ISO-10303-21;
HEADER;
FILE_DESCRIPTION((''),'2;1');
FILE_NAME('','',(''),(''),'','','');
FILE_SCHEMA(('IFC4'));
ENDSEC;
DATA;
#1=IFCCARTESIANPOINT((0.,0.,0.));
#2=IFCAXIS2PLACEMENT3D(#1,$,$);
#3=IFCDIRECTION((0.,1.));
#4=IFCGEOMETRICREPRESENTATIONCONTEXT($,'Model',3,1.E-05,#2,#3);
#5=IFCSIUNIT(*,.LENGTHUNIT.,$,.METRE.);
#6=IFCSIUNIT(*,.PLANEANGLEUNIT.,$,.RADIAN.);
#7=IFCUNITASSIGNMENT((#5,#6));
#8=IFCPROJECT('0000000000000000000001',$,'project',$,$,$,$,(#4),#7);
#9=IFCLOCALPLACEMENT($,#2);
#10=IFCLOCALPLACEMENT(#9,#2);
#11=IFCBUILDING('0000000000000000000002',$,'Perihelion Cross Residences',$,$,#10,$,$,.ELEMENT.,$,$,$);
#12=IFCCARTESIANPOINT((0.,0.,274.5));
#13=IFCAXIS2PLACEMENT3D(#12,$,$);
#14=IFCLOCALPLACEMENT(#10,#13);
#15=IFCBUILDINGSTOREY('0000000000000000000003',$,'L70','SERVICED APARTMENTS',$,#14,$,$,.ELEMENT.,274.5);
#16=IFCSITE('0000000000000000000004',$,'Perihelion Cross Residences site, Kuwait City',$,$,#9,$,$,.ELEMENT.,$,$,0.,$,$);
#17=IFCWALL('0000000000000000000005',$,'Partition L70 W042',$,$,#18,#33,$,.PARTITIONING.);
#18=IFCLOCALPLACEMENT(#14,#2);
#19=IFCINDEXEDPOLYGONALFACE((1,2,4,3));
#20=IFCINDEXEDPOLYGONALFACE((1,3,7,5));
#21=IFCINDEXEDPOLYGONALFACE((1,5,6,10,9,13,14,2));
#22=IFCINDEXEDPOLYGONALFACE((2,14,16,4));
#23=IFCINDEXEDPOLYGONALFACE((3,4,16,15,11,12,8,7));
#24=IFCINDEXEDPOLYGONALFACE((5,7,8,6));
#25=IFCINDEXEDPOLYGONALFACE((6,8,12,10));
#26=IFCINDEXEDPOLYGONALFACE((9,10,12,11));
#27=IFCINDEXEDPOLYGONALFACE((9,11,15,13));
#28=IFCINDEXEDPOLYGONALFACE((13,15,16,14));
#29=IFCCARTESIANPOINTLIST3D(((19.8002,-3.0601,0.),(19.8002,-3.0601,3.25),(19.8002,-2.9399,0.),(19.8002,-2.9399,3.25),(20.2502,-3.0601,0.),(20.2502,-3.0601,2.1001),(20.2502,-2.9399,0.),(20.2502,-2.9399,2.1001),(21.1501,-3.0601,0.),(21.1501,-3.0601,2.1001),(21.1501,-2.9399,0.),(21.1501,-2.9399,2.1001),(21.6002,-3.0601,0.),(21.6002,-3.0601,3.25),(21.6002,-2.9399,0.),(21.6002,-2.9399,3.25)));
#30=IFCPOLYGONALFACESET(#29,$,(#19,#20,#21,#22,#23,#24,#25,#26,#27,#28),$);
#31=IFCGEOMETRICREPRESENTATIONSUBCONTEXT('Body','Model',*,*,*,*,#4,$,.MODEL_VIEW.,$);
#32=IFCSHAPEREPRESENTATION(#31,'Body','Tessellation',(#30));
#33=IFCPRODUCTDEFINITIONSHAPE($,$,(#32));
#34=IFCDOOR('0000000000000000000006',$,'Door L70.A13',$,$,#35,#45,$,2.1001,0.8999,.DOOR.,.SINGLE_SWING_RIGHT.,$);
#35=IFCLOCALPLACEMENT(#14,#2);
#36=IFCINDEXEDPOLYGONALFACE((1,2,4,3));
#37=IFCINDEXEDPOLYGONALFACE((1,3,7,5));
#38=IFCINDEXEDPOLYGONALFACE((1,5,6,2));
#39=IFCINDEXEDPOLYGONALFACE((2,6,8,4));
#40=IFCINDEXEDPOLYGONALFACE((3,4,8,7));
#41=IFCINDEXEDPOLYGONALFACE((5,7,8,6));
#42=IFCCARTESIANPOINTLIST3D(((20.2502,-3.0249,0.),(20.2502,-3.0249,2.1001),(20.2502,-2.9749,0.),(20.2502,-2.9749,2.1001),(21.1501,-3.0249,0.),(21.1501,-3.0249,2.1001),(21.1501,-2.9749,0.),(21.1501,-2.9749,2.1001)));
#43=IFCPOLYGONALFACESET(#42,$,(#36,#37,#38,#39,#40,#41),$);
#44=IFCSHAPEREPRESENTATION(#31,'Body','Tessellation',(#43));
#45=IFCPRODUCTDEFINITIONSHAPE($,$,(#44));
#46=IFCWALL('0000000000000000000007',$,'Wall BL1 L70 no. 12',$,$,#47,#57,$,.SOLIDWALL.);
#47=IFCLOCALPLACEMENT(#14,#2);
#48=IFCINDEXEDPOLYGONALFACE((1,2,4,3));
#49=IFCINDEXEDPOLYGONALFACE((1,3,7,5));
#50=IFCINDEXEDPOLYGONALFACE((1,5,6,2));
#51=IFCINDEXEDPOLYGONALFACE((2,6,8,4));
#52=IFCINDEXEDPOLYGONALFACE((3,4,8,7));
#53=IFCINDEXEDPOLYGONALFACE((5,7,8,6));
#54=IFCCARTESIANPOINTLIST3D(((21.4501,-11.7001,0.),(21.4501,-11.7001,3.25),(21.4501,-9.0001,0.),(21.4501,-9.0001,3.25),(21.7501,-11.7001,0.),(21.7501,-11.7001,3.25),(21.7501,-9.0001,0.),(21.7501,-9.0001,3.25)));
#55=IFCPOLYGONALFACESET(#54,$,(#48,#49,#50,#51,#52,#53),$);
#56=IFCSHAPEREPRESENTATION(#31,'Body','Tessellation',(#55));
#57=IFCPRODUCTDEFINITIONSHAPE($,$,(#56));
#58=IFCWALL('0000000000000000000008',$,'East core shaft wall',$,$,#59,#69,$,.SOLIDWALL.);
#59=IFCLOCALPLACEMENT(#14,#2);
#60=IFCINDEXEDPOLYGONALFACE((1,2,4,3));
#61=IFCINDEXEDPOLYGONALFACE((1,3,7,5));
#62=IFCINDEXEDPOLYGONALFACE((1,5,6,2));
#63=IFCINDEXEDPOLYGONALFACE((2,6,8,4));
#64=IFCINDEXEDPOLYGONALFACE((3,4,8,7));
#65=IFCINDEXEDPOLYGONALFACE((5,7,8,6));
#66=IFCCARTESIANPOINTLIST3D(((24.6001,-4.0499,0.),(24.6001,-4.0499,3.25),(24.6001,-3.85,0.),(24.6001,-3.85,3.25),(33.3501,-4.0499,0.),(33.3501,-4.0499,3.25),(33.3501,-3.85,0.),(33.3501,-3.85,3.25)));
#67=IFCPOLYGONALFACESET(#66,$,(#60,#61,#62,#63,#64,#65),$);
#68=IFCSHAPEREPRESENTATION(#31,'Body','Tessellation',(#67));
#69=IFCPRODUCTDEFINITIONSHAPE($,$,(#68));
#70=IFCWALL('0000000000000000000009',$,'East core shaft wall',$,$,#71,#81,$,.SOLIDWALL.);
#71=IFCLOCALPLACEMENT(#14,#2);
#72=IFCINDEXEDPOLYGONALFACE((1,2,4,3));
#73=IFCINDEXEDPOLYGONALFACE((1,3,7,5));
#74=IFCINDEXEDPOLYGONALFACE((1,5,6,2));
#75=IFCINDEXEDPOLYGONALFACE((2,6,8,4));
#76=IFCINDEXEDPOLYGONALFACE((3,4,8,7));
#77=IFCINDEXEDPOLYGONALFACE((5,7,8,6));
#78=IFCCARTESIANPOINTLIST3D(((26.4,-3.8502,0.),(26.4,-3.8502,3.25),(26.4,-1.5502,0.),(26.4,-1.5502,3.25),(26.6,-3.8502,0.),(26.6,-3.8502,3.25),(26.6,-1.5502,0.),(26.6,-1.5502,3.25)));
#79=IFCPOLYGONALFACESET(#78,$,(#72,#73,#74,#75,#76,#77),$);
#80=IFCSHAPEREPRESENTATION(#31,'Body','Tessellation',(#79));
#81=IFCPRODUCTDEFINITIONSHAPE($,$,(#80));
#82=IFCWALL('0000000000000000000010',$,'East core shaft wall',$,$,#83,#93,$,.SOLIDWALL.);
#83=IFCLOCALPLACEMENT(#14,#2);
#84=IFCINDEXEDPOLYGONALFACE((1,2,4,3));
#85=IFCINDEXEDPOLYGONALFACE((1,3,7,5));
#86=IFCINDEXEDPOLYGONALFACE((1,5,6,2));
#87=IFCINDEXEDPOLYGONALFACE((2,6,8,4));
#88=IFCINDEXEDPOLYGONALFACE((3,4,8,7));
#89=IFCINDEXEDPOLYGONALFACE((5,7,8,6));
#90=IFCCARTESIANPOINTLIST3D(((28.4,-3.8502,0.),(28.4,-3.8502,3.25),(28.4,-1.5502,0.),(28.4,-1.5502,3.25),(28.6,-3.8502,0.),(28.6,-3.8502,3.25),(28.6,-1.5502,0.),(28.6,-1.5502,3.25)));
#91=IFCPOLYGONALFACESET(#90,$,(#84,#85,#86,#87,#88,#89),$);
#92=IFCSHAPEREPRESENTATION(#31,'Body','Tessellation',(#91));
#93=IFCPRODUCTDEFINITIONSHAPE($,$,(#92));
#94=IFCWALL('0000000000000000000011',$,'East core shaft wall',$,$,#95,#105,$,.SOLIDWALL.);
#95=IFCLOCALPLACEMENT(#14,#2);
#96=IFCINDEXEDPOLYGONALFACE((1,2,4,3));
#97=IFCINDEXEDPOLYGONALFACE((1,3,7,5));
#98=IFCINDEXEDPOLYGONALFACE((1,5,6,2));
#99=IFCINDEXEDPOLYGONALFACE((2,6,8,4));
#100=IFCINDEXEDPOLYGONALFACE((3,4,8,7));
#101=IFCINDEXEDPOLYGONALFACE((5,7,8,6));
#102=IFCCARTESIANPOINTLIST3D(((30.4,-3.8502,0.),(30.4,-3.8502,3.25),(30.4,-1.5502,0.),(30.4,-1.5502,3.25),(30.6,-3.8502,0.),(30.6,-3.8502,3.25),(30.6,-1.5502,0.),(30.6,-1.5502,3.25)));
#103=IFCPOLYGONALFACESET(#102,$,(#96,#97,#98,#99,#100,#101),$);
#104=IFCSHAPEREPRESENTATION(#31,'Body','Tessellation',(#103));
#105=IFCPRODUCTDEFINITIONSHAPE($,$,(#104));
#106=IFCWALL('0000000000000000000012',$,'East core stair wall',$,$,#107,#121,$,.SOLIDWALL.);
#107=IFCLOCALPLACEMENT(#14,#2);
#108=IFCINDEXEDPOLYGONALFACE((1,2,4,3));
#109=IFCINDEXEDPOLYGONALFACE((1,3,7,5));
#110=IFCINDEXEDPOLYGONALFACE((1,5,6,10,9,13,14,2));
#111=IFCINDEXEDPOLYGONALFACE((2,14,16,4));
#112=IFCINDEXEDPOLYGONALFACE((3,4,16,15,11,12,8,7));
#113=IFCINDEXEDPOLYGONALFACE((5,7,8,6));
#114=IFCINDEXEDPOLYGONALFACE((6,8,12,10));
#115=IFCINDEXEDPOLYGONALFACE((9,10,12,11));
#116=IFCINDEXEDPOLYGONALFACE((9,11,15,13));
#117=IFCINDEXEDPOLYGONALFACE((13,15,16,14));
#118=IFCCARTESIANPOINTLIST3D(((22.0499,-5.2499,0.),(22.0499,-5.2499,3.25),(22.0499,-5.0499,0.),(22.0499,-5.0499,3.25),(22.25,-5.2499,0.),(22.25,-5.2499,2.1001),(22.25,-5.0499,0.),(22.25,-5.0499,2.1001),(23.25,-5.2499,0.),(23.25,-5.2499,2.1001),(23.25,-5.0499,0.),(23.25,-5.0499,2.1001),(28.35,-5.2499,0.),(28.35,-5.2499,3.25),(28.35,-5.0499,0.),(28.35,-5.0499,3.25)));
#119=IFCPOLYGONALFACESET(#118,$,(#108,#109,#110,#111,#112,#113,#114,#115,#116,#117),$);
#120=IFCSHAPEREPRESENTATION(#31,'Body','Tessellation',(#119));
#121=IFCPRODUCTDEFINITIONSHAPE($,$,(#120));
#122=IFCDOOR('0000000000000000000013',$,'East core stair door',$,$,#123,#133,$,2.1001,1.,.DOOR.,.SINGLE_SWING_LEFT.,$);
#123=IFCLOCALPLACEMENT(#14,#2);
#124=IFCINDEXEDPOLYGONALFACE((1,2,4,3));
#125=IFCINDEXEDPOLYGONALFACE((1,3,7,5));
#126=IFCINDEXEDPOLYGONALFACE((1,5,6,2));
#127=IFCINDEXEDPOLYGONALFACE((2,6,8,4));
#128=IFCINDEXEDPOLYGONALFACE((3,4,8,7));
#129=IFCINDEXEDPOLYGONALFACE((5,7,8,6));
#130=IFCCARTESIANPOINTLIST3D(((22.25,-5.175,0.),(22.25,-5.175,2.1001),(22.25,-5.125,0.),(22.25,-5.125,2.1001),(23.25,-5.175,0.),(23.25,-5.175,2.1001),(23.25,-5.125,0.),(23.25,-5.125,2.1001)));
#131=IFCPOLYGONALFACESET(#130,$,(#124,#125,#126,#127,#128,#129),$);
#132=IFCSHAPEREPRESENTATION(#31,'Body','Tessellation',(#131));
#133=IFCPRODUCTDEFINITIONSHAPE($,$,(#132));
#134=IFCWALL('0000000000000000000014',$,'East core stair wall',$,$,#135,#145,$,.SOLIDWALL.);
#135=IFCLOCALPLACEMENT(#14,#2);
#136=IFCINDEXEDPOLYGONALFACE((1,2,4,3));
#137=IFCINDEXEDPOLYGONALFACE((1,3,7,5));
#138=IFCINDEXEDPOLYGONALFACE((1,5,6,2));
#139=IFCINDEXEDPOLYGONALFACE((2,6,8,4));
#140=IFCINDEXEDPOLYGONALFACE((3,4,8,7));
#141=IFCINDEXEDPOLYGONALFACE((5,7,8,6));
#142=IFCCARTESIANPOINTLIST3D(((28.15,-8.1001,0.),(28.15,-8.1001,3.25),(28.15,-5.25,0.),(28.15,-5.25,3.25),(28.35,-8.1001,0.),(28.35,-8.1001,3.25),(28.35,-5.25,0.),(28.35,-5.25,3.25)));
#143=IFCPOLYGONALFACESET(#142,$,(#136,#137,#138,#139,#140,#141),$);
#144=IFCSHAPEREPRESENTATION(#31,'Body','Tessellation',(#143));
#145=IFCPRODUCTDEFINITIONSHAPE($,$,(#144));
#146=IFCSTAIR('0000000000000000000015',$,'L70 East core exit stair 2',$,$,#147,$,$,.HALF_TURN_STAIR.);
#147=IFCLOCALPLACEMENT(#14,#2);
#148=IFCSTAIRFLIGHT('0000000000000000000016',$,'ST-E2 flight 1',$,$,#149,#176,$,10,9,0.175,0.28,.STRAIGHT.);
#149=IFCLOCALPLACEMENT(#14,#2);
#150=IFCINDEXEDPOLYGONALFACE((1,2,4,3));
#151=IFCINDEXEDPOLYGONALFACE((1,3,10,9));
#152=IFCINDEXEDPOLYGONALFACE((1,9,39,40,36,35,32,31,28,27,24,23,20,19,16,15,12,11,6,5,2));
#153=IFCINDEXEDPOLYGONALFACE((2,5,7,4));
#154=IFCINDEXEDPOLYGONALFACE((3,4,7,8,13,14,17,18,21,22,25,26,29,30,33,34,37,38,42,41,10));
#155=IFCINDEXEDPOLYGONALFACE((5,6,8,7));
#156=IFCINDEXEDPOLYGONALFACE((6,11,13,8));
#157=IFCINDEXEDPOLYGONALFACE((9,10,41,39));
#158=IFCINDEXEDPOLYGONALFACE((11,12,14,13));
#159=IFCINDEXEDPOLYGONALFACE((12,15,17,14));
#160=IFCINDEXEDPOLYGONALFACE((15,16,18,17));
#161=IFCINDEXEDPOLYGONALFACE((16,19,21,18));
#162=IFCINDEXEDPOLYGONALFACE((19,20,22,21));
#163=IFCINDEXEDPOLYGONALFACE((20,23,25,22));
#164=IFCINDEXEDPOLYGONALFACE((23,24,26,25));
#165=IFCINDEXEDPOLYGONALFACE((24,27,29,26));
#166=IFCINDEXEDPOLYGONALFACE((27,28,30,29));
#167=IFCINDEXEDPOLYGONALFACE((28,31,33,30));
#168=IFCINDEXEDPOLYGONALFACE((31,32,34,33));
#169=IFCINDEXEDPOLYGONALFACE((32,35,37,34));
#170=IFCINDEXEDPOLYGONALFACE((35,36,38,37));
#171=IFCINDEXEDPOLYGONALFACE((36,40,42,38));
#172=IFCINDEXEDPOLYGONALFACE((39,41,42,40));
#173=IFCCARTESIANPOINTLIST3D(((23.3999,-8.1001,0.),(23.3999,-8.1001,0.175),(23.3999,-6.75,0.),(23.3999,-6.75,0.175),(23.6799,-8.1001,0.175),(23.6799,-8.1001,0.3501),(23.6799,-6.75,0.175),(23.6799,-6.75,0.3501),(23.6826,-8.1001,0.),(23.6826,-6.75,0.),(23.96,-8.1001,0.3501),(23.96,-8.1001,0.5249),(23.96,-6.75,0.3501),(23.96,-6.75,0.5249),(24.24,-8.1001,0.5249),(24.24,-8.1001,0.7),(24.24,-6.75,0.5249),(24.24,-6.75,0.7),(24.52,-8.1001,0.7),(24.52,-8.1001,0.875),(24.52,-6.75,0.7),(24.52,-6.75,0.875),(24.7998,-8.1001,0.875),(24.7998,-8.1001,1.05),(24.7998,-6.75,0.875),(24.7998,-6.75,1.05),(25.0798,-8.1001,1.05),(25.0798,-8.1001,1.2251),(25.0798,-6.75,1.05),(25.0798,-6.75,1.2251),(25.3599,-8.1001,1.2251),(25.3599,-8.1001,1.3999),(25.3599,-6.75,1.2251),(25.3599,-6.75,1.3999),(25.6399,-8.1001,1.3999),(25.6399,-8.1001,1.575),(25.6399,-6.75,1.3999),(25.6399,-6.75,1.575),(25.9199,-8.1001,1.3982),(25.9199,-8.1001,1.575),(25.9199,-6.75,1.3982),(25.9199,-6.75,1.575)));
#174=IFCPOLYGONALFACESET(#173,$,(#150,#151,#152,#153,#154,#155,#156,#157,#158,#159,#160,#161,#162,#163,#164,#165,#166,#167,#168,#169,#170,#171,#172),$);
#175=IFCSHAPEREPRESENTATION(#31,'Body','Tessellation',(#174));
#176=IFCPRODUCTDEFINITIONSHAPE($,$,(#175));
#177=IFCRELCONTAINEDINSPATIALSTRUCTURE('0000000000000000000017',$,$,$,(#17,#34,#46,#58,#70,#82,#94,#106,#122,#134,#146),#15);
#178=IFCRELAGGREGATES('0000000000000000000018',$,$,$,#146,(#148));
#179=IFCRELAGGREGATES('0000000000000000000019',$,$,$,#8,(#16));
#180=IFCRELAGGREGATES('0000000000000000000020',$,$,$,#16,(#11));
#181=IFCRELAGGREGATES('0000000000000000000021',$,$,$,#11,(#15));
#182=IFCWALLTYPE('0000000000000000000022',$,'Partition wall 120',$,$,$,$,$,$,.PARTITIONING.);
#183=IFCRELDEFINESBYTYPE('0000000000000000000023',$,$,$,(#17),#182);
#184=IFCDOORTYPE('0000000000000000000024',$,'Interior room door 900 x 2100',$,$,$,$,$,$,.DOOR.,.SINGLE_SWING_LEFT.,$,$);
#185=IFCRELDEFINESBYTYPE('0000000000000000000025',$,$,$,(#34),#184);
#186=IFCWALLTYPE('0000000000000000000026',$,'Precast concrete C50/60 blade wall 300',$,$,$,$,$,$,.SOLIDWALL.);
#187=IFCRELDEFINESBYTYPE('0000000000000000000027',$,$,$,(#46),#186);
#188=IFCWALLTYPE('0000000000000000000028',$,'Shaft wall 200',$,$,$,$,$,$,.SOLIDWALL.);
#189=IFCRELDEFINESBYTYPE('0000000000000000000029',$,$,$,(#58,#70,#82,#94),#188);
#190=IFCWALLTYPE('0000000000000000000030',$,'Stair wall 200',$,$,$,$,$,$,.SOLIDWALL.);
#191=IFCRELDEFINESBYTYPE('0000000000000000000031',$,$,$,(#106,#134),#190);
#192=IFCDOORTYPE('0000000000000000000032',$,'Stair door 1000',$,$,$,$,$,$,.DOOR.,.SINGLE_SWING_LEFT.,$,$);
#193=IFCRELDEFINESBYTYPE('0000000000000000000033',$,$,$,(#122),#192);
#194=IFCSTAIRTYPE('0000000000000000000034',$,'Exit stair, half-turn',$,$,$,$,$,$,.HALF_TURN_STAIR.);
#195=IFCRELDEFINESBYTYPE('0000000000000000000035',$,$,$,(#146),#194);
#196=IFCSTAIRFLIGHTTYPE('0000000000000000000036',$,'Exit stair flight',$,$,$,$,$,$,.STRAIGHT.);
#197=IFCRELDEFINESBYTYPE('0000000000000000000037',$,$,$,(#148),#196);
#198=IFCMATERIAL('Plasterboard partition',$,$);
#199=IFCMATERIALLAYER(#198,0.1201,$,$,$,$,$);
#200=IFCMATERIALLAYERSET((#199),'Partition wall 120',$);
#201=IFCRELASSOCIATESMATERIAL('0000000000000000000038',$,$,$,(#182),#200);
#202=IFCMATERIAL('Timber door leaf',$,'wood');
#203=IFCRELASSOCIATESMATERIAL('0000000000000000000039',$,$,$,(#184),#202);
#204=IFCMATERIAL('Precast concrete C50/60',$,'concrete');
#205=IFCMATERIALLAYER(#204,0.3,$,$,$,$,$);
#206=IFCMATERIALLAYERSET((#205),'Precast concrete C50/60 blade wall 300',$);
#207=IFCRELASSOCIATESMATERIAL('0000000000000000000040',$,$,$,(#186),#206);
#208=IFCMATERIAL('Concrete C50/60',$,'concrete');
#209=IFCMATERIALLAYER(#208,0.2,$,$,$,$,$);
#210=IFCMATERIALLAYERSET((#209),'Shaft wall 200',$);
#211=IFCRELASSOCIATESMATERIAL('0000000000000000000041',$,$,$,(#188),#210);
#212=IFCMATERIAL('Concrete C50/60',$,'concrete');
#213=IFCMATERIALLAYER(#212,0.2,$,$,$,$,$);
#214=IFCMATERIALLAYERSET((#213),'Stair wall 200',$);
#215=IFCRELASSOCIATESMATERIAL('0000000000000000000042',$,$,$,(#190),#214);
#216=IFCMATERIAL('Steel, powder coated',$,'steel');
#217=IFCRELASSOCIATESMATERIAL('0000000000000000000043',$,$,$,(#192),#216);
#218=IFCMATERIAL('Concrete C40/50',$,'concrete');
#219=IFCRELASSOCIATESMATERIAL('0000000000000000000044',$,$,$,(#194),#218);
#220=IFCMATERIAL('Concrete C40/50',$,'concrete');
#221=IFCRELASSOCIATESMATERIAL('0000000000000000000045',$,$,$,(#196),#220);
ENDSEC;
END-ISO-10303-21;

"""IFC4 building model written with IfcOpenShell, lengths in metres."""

from ifc_helpers import new_model, si_unit, direction, frame, frame_2d, origin, place, context, subcontext, project, spatial, polyline, rectangle, outline, extrude, material, layer, layer_set, type_object, element, fill, aggregate, save


model = new_model("IFC4")

# Units and contexts
model_context = context("Model", 3, precision=1e-05, world=origin(), true_north=direction((0.0, 1.0)))
body_context = subcontext(model_context, "Body", "Model", "MODEL_VIEW")
ifc_project = project(units=[si_unit("LENGTHUNIT", "METRE"), si_unit("PLANEANGLEUNIT", "RADIAN")], contexts=[model_context])

# Site, building, storey
site_placement = place(None, origin())
site = spatial("IfcSite", under=ifc_project, at=site_placement, Name="Perihelion Cross Residences site, Kuwait City", CompositionType="ELEMENT", RefElevation=0.0)
building_placement = place(site_placement, origin())
building = spatial("IfcBuilding", under=site, at=building_placement, Name="Perihelion Cross Residences", CompositionType="ELEMENT")
storey_placement = place(building_placement, frame((0.0, 0.0, 274.5)))
storey = spatial("IfcBuildingStorey", under=building, at=storey_placement, Name="L70", Description="SERVICED APARTMENTS", CompositionType="ELEMENT", Elevation=274.5)

# Wall, opening, door
ifc_material_1 = material(Name="Plasterboard partition")
ifc_layer_1 = layer(ifc_material_1, 0.1201)
ifc_layer_set_1 = layer_set([ifc_layer_1], Name="Partition wall 120")
wall_type_1 = type_object("IfcWallType", Name="Partition wall 120", PredefinedType="PARTITIONING", material=ifc_layer_set_1)
wall_1_placement = place(storey_placement, frame((21.6001, -3.0, 0.0), z_axis=(0.0, 0.0, 1.0), x_axis=(-1.0, 0.0, 0.0)))
wall_1 = element("IfcWall", 1, at=wall_1_placement, inside=storey, type_object=wall_type_1, Name="Partition L70 W042", PredefinedType="PARTITIONING", context=body_context, shape_type="SweptSolid", body=[
    extrude(rectangle(XDim=1.8, YDim=0.1201, at=frame_2d((0.8999, 0.0))), origin(), (0.0, 0.0, 1.0), 3.25),
])
opening_1_placement = place(wall_1_placement, frame((0.45, 0.0, 0.0)))
opening_1 = element("IfcOpeningElement", 2, at=opening_1_placement, cuts=wall_1, PredefinedType="OPENING", context=body_context, shape_type="SweptSolid", body=[
    extrude(rectangle(XDim=0.8999, YDim=2.1001, at=frame_2d((0.45, 1.05))), frame((0.0, 0.0701, 0.0), z_axis=(0.0, -1.0, 0.0), x_axis=(1.0, 0.0, 0.0)), (0.0, 0.0, 1.0), 0.1401),
])
ifc_material_2 = material(Name="Timber door leaf", Category="wood")
door_type_1 = type_object("IfcDoorType", Name="Interior room door 900 x 2100", OperationType="SINGLE_SWING_LEFT", PredefinedType="DOOR", material=ifc_material_2)
door_1_placement = place(opening_1_placement, origin())
door_1 = element("IfcDoor", 3, at=door_1_placement, inside=storey, type_object=door_type_1, Name="Door L70.A13", OperationType="SINGLE_SWING_RIGHT", OverallHeight=2.1001, OverallWidth=0.8999, PredefinedType="DOOR", context=body_context, shape_type="SweptSolid", body=[
    extrude(rectangle(XDim=0.8999, YDim=2.1001, at=frame_2d((0.45, 1.05))), frame((0.0, 0.0249, 0.0), z_axis=(0.0, -1.0, 0.0), x_axis=(1.0, 0.0, 0.0)), (0.0, 0.0, 1.0), 0.05),
])
fill(opening_1, door_1)

# Walls
ifc_material_3 = material(Name="Precast concrete C50/60", Category="concrete")
ifc_layer_2 = layer(ifc_material_3, 0.3)
ifc_layer_set_2 = layer_set([ifc_layer_2], Name="Precast concrete C50/60 blade wall 300")
wall_type_2 = type_object("IfcWallType", Name="Precast concrete C50/60 blade wall 300", PredefinedType="SOLIDWALL", material=ifc_layer_set_2)
wall_2_placement = place(storey_placement, frame((21.6001, -9.0, 0.0), z_axis=(0.0, 0.0, 1.0), x_axis=(0.0, -1.0, 0.0)))
element("IfcWall", 4, at=wall_2_placement, inside=storey, type_object=wall_type_2, Name="Wall BL1 L70 no. 12", PredefinedType="SOLIDWALL", context=body_context, shape_type="SweptSolid", body=[
    extrude(rectangle(XDim=2.7, YDim=0.3, at=frame_2d((1.3501, 0.0))), origin(), (0.0, 0.0, 1.0), 3.25),
])
ifc_material_4 = material(Name="Concrete C50/60", Category="concrete")
ifc_layer_3 = layer(ifc_material_4, 0.2)
ifc_layer_set_3 = layer_set([ifc_layer_3], Name="Shaft wall 200")
wall_type_3 = type_object("IfcWallType", Name="Shaft wall 200", PredefinedType="SOLIDWALL", material=ifc_layer_set_3)
wall_3_placement = place(storey_placement, frame((24.6001, -3.95, 0.0), z_axis=(0.0, 0.0, 1.0), x_axis=(1.0, 0.0, 0.0)))
element("IfcWall", 5, at=wall_3_placement, inside=storey, type_object=wall_type_3, Name="East core shaft wall", PredefinedType="SOLIDWALL", context=body_context, shape_type="SweptSolid", body=[
    extrude(rectangle(XDim=8.75, YDim=0.2, at=frame_2d((4.375, 0.0))), origin(), (0.0, 0.0, 1.0), 3.25),
])
for number, where, z_axis, x_axis, name in (
    (6, (26.5, -3.8501, 0.0), (0.0, 0.0, 1.0), (0.0, 1.0, 0.0), "East core shaft wall"),
    (7, (28.5, -3.8501, 0.0), (0.0, 0.0, 1.0), (0.0, 1.0, 0.0), "East core shaft wall"),
    (8, (30.5, -3.8501, 0.0), (0.0, 0.0, 1.0), (0.0, 1.0, 0.0), "East core shaft wall"),
):
    element("IfcWall", number, at=place(storey_placement, frame(where, z_axis=z_axis, x_axis=x_axis)), inside=storey, type_object=wall_type_3, Name=name, PredefinedType="SOLIDWALL", context=body_context, shape_type="SweptSolid", body=[
        extrude(rectangle(XDim=2.3, YDim=0.2, at=frame_2d((1.1499, 0.0))), origin(), (0.0, 0.0, 1.0), 3.25),
    ])

# Wall, opening, door
ifc_material_5 = material(Name="Concrete C50/60", Category="concrete")
ifc_layer_4 = layer(ifc_material_5, 0.2)
ifc_layer_set_4 = layer_set([ifc_layer_4], Name="Stair wall 200")
wall_type_4 = type_object("IfcWallType", Name="Stair wall 200", PredefinedType="SOLIDWALL", material=ifc_layer_set_4)
wall_4_placement = place(storey_placement, frame((22.05, -5.1499, 0.0), z_axis=(0.0, 0.0, 1.0), x_axis=(1.0, 0.0, 0.0)))
wall_4 = element("IfcWall", 9, at=wall_4_placement, inside=storey, type_object=wall_type_4, Name="East core stair wall", PredefinedType="SOLIDWALL", context=body_context, shape_type="SweptSolid", body=[
    extrude(rectangle(XDim=6.3, YDim=0.2, at=frame_2d((3.1499, 0.0))), origin(), (0.0, 0.0, 1.0), 3.25),
])
opening_2_placement = place(wall_4_placement, frame((0.2, 0.0, 0.0)))
opening_2 = element("IfcOpeningElement", 10, at=opening_2_placement, cuts=wall_4, PredefinedType="OPENING", context=body_context, shape_type="SweptSolid", body=[
    extrude(rectangle(XDim=1.0, YDim=2.1001, at=frame_2d((0.5, 1.05))), frame((0.0, 0.1099, 0.0), z_axis=(0.0, -1.0, 0.0), x_axis=(1.0, 0.0, 0.0)), (0.0, 0.0, 1.0), 0.22),
])
ifc_material_6 = material(Name="Steel, powder coated", Category="steel")
door_type_2 = type_object("IfcDoorType", Name="Stair door 1000", OperationType="SINGLE_SWING_LEFT", PredefinedType="DOOR", material=ifc_material_6)
door_2_placement = place(opening_2_placement, origin())
door_2 = element("IfcDoor", 11, at=door_2_placement, inside=storey, type_object=door_type_2, Name="East core stair door", OperationType="SINGLE_SWING_LEFT", OverallHeight=2.1001, OverallWidth=1.0, PredefinedType="DOOR", context=body_context, shape_type="SweptSolid", body=[
    extrude(rectangle(XDim=1.0, YDim=2.1001, at=frame_2d((0.5, 1.05))), frame((0.0, 0.0249, 0.0), z_axis=(0.0, -1.0, 0.0), x_axis=(1.0, 0.0, 0.0)), (0.0, 0.0, 1.0), 0.05),
])
fill(opening_2, door_2)

# Wall
wall_5_placement = place(storey_placement, frame((28.25, -8.1001, 0.0), z_axis=(0.0, 0.0, 1.0), x_axis=(0.0, 1.0, 0.0)))
element("IfcWall", 12, at=wall_5_placement, inside=storey, type_object=wall_type_4, Name="East core stair wall", PredefinedType="SOLIDWALL", context=body_context, shape_type="SweptSolid", body=[
    extrude(rectangle(XDim=2.8501, YDim=0.2, at=frame_2d((1.425, 0.0))), origin(), (0.0, 0.0, 1.0), 3.25),
])

# Stair, stair flight
ifc_material_7 = material(Name="Concrete C40/50", Category="concrete")
stair_type = type_object("IfcStairType", Name="Exit stair, half-turn", PredefinedType="HALF_TURN_STAIR", material=ifc_material_7)
stair_placement = place(storey_placement, origin())
stair = element("IfcStair", 13, at=stair_placement, inside=storey, type_object=stair_type, Name="L70 East core exit stair 2", PredefinedType="HALF_TURN_STAIR")
ifc_material_8 = material(Name="Concrete C40/50", Category="concrete")
stair_flight_type = type_object("IfcStairFlightType", Name="Exit stair flight", PredefinedType="STRAIGHT", material=ifc_material_8)
stair_flight_1_placement = place(storey_placement, frame((23.3999, -7.425, 0.0), z_axis=(0.0, 0.0, 1.0), x_axis=(1.0, 0.0, 0.0)))
stair_flight_1 = element("IfcStairFlight", 14, at=stair_flight_1_placement, type_object=stair_flight_type, Name="ST-E2 flight 1", NumberOfRisers=10, NumberOfTreads=9, PredefinedType="STRAIGHT", RiserHeight=0.175, TreadLength=0.28, context=body_context, shape_type="SweptSolid", body=[
    extrude(outline(polyline([(0.0, 0.0), (0.0, 0.175), (0.28, 0.175), (0.28, 0.3501), (0.5601, 0.3501), (0.5601, 0.5249), (0.8401, 0.5249), (0.8401, 0.7), (1.1201, 0.7), (1.1201, 0.875), (1.3999, 0.875), (1.3999, 1.05), (1.6799, 1.05), (1.6799, 1.2251), (1.96, 1.2251), (1.96, 1.3999), (2.24, 1.3999), (2.24, 1.575), (2.52, 1.575), (2.52, 1.75), (2.52, 1.3982), (0.2827, 0.0), (0.0, 0.0)])), frame((0.0, 0.675, 0.0), z_axis=(0.0, -1.0, 0.0), x_axis=(1.0, 0.0, 0.0)), (0.0, 0.0, 1.0), 1.3501),
])
aggregate(stair, [stair_flight_1])

save(model, "model.ifc")
